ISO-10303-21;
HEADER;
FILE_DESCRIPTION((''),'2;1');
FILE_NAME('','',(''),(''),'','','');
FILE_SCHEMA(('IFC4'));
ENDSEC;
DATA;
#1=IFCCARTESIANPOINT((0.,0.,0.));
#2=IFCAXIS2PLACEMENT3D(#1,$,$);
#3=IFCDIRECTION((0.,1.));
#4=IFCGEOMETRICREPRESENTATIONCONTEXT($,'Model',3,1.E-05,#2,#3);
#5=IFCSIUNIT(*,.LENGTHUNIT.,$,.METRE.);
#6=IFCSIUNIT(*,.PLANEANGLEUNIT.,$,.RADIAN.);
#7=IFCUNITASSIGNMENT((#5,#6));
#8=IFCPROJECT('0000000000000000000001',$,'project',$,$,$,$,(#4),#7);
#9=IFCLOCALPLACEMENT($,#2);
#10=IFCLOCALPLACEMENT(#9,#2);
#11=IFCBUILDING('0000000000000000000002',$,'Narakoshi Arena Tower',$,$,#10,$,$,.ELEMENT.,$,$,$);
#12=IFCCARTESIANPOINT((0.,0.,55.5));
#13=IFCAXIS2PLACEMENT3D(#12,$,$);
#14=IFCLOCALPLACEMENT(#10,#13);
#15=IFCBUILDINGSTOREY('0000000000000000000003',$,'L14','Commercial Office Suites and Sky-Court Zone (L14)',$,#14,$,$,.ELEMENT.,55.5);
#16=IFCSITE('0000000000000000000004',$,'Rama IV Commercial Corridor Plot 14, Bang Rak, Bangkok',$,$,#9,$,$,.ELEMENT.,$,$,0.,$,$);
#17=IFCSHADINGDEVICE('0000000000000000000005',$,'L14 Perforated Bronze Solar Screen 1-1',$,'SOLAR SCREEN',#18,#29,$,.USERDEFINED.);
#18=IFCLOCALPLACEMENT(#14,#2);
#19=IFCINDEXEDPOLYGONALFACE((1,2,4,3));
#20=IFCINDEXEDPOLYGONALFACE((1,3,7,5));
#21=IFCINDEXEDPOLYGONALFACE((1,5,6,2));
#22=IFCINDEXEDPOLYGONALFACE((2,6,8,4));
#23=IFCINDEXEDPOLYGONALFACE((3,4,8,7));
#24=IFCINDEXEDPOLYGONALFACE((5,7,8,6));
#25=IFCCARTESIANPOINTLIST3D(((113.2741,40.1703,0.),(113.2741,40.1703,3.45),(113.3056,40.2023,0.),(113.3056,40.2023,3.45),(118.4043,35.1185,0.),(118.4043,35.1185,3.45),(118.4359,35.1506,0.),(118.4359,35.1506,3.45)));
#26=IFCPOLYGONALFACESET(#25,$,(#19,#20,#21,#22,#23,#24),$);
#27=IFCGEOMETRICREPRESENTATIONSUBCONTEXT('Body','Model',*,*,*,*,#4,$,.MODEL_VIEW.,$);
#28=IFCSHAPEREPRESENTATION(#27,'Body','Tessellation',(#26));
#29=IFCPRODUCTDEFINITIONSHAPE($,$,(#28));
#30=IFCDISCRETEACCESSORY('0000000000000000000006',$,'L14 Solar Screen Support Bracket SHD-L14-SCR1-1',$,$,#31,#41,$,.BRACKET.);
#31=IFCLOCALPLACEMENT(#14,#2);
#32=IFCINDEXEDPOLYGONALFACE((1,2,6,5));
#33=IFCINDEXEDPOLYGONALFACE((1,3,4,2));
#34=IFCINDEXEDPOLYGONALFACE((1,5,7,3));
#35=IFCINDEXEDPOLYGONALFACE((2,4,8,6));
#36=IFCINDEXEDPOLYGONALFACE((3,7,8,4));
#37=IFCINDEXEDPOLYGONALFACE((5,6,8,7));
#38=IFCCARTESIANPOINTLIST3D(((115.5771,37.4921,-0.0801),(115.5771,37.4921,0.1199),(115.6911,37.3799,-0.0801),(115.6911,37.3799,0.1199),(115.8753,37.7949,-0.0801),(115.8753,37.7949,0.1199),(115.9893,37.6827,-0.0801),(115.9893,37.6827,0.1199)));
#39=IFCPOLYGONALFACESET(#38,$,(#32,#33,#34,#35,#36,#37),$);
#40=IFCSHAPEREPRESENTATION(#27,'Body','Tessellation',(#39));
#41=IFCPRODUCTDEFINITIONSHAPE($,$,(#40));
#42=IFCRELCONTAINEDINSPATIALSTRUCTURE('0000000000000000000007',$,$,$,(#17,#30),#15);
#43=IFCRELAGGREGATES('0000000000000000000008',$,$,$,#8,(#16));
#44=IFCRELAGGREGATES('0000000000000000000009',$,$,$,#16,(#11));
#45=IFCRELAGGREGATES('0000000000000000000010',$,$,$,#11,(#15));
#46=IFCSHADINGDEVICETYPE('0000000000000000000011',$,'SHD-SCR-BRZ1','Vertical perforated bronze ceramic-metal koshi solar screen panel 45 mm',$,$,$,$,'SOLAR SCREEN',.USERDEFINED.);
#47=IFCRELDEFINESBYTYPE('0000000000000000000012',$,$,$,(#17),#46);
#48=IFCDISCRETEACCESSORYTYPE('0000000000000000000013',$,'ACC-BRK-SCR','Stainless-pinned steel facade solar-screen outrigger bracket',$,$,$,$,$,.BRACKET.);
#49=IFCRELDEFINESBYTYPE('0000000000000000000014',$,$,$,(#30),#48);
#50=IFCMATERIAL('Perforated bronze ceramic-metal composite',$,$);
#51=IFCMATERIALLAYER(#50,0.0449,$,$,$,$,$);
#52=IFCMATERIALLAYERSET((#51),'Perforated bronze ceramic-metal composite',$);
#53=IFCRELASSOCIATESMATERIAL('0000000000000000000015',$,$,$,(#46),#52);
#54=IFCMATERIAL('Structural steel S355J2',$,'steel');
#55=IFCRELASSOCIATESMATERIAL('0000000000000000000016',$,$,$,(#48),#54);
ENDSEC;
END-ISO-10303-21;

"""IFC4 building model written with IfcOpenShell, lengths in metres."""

from ifc_helpers import new_model, si_unit, direction, frame, origin, origin_2d, place, context, subcontext, project, spatial, rectangle, extrude, material, layer, layer_set, type_object, element, save


model = new_model("IFC4")

# Units and contexts
model_context = context("Model", 3, precision=1e-05, world=origin(), true_north=direction((0.0, 1.0)))
body_context = subcontext(model_context, "Body", "Model", "MODEL_VIEW")
ifc_project = project(units=[si_unit("LENGTHUNIT", "METRE"), si_unit("PLANEANGLEUNIT", "RADIAN")], contexts=[model_context])

# Site, building, storey
site_placement = place(None, origin())
site = spatial("IfcSite", under=ifc_project, at=site_placement, Name="Rama IV Commercial Corridor Plot 14, Bang Rak, Bangkok", CompositionType="ELEMENT", RefElevation=0.0)
building_placement = place(site_placement, origin())
building = spatial("IfcBuilding", under=site, at=building_placement, Name="Narakoshi Arena Tower", CompositionType="ELEMENT")
storey_placement = place(building_placement, frame((0.0, 0.0, 55.5)))
storey = spatial("IfcBuildingStorey", under=building, at=storey_placement, Name="L14", Description="Commercial Office Suites and Sky-Court Zone (L14)", CompositionType="ELEMENT", Elevation=55.5)

# Shared definitions
ifc_material_1 = material(Name="Structural steel S355J2", Category="steel")

# Shading device
ifc_material_2 = material(Name="Perforated bronze ceramic-metal composite")
ifc_layer_1 = layer(ifc_material_2, 0.0449)
ifc_layer_set_1 = layer_set([ifc_layer_1], Name="Perforated bronze ceramic-metal composite")
shading_device_type = type_object("IfcShadingDeviceType", Name="SHD-SCR-BRZ1", Description="Vertical perforated bronze ceramic-metal koshi solar screen panel 45 mm", ElementType="SOLAR SCREEN", PredefinedType="USERDEFINED", material=ifc_layer_set_1)
shading_device_placement = place(storey_placement, frame((115.855, 37.6604, 0.0), z_axis=(0.0, 0.0, 1.0), x_axis=(-0.712541, 0.701631, 0.0)))
element("IfcShadingDevice", 1, at=shading_device_placement, inside=storey, type_object=shading_device_type, Name="L14 Perforated Bronze Solar Screen 1-1", ObjectType="SOLAR SCREEN", PredefinedType="USERDEFINED", context=body_context, shape_type="SweptSolid", body=[
    extrude(rectangle(XDim=7.2, YDim=0.0449, at=origin_2d()), origin(), (0.0, 0.0, 1.0), 3.45),
])

# Discrete accessory
discrete_accessory_type = type_object("IfcDiscreteAccessoryType", Name="ACC-BRK-SCR", Description="Stainless-pinned steel facade solar-screen outrigger bracket", PredefinedType="BRACKET", material=ifc_material_1)
discrete_accessory_placement = place(storey_placement, frame((115.7832, 37.5874, -0.0801), z_axis=(0.0, 0.0, 1.0), x_axis=(-0.712541, 0.701631, 0.0)))
element("IfcDiscreteAccessory", 2, at=discrete_accessory_placement, inside=storey, type_object=discrete_accessory_type, Name="L14 Solar Screen Support Bracket SHD-L14-SCR1-1", PredefinedType="BRACKET", context=body_context, shape_type="SweptSolid", body=[
    extrude(rectangle(XDim=0.1599, YDim=0.425, at=origin_2d()), origin(), (0.0, 0.0, 1.0), 0.2),
])

save(model, "model.ifc")
